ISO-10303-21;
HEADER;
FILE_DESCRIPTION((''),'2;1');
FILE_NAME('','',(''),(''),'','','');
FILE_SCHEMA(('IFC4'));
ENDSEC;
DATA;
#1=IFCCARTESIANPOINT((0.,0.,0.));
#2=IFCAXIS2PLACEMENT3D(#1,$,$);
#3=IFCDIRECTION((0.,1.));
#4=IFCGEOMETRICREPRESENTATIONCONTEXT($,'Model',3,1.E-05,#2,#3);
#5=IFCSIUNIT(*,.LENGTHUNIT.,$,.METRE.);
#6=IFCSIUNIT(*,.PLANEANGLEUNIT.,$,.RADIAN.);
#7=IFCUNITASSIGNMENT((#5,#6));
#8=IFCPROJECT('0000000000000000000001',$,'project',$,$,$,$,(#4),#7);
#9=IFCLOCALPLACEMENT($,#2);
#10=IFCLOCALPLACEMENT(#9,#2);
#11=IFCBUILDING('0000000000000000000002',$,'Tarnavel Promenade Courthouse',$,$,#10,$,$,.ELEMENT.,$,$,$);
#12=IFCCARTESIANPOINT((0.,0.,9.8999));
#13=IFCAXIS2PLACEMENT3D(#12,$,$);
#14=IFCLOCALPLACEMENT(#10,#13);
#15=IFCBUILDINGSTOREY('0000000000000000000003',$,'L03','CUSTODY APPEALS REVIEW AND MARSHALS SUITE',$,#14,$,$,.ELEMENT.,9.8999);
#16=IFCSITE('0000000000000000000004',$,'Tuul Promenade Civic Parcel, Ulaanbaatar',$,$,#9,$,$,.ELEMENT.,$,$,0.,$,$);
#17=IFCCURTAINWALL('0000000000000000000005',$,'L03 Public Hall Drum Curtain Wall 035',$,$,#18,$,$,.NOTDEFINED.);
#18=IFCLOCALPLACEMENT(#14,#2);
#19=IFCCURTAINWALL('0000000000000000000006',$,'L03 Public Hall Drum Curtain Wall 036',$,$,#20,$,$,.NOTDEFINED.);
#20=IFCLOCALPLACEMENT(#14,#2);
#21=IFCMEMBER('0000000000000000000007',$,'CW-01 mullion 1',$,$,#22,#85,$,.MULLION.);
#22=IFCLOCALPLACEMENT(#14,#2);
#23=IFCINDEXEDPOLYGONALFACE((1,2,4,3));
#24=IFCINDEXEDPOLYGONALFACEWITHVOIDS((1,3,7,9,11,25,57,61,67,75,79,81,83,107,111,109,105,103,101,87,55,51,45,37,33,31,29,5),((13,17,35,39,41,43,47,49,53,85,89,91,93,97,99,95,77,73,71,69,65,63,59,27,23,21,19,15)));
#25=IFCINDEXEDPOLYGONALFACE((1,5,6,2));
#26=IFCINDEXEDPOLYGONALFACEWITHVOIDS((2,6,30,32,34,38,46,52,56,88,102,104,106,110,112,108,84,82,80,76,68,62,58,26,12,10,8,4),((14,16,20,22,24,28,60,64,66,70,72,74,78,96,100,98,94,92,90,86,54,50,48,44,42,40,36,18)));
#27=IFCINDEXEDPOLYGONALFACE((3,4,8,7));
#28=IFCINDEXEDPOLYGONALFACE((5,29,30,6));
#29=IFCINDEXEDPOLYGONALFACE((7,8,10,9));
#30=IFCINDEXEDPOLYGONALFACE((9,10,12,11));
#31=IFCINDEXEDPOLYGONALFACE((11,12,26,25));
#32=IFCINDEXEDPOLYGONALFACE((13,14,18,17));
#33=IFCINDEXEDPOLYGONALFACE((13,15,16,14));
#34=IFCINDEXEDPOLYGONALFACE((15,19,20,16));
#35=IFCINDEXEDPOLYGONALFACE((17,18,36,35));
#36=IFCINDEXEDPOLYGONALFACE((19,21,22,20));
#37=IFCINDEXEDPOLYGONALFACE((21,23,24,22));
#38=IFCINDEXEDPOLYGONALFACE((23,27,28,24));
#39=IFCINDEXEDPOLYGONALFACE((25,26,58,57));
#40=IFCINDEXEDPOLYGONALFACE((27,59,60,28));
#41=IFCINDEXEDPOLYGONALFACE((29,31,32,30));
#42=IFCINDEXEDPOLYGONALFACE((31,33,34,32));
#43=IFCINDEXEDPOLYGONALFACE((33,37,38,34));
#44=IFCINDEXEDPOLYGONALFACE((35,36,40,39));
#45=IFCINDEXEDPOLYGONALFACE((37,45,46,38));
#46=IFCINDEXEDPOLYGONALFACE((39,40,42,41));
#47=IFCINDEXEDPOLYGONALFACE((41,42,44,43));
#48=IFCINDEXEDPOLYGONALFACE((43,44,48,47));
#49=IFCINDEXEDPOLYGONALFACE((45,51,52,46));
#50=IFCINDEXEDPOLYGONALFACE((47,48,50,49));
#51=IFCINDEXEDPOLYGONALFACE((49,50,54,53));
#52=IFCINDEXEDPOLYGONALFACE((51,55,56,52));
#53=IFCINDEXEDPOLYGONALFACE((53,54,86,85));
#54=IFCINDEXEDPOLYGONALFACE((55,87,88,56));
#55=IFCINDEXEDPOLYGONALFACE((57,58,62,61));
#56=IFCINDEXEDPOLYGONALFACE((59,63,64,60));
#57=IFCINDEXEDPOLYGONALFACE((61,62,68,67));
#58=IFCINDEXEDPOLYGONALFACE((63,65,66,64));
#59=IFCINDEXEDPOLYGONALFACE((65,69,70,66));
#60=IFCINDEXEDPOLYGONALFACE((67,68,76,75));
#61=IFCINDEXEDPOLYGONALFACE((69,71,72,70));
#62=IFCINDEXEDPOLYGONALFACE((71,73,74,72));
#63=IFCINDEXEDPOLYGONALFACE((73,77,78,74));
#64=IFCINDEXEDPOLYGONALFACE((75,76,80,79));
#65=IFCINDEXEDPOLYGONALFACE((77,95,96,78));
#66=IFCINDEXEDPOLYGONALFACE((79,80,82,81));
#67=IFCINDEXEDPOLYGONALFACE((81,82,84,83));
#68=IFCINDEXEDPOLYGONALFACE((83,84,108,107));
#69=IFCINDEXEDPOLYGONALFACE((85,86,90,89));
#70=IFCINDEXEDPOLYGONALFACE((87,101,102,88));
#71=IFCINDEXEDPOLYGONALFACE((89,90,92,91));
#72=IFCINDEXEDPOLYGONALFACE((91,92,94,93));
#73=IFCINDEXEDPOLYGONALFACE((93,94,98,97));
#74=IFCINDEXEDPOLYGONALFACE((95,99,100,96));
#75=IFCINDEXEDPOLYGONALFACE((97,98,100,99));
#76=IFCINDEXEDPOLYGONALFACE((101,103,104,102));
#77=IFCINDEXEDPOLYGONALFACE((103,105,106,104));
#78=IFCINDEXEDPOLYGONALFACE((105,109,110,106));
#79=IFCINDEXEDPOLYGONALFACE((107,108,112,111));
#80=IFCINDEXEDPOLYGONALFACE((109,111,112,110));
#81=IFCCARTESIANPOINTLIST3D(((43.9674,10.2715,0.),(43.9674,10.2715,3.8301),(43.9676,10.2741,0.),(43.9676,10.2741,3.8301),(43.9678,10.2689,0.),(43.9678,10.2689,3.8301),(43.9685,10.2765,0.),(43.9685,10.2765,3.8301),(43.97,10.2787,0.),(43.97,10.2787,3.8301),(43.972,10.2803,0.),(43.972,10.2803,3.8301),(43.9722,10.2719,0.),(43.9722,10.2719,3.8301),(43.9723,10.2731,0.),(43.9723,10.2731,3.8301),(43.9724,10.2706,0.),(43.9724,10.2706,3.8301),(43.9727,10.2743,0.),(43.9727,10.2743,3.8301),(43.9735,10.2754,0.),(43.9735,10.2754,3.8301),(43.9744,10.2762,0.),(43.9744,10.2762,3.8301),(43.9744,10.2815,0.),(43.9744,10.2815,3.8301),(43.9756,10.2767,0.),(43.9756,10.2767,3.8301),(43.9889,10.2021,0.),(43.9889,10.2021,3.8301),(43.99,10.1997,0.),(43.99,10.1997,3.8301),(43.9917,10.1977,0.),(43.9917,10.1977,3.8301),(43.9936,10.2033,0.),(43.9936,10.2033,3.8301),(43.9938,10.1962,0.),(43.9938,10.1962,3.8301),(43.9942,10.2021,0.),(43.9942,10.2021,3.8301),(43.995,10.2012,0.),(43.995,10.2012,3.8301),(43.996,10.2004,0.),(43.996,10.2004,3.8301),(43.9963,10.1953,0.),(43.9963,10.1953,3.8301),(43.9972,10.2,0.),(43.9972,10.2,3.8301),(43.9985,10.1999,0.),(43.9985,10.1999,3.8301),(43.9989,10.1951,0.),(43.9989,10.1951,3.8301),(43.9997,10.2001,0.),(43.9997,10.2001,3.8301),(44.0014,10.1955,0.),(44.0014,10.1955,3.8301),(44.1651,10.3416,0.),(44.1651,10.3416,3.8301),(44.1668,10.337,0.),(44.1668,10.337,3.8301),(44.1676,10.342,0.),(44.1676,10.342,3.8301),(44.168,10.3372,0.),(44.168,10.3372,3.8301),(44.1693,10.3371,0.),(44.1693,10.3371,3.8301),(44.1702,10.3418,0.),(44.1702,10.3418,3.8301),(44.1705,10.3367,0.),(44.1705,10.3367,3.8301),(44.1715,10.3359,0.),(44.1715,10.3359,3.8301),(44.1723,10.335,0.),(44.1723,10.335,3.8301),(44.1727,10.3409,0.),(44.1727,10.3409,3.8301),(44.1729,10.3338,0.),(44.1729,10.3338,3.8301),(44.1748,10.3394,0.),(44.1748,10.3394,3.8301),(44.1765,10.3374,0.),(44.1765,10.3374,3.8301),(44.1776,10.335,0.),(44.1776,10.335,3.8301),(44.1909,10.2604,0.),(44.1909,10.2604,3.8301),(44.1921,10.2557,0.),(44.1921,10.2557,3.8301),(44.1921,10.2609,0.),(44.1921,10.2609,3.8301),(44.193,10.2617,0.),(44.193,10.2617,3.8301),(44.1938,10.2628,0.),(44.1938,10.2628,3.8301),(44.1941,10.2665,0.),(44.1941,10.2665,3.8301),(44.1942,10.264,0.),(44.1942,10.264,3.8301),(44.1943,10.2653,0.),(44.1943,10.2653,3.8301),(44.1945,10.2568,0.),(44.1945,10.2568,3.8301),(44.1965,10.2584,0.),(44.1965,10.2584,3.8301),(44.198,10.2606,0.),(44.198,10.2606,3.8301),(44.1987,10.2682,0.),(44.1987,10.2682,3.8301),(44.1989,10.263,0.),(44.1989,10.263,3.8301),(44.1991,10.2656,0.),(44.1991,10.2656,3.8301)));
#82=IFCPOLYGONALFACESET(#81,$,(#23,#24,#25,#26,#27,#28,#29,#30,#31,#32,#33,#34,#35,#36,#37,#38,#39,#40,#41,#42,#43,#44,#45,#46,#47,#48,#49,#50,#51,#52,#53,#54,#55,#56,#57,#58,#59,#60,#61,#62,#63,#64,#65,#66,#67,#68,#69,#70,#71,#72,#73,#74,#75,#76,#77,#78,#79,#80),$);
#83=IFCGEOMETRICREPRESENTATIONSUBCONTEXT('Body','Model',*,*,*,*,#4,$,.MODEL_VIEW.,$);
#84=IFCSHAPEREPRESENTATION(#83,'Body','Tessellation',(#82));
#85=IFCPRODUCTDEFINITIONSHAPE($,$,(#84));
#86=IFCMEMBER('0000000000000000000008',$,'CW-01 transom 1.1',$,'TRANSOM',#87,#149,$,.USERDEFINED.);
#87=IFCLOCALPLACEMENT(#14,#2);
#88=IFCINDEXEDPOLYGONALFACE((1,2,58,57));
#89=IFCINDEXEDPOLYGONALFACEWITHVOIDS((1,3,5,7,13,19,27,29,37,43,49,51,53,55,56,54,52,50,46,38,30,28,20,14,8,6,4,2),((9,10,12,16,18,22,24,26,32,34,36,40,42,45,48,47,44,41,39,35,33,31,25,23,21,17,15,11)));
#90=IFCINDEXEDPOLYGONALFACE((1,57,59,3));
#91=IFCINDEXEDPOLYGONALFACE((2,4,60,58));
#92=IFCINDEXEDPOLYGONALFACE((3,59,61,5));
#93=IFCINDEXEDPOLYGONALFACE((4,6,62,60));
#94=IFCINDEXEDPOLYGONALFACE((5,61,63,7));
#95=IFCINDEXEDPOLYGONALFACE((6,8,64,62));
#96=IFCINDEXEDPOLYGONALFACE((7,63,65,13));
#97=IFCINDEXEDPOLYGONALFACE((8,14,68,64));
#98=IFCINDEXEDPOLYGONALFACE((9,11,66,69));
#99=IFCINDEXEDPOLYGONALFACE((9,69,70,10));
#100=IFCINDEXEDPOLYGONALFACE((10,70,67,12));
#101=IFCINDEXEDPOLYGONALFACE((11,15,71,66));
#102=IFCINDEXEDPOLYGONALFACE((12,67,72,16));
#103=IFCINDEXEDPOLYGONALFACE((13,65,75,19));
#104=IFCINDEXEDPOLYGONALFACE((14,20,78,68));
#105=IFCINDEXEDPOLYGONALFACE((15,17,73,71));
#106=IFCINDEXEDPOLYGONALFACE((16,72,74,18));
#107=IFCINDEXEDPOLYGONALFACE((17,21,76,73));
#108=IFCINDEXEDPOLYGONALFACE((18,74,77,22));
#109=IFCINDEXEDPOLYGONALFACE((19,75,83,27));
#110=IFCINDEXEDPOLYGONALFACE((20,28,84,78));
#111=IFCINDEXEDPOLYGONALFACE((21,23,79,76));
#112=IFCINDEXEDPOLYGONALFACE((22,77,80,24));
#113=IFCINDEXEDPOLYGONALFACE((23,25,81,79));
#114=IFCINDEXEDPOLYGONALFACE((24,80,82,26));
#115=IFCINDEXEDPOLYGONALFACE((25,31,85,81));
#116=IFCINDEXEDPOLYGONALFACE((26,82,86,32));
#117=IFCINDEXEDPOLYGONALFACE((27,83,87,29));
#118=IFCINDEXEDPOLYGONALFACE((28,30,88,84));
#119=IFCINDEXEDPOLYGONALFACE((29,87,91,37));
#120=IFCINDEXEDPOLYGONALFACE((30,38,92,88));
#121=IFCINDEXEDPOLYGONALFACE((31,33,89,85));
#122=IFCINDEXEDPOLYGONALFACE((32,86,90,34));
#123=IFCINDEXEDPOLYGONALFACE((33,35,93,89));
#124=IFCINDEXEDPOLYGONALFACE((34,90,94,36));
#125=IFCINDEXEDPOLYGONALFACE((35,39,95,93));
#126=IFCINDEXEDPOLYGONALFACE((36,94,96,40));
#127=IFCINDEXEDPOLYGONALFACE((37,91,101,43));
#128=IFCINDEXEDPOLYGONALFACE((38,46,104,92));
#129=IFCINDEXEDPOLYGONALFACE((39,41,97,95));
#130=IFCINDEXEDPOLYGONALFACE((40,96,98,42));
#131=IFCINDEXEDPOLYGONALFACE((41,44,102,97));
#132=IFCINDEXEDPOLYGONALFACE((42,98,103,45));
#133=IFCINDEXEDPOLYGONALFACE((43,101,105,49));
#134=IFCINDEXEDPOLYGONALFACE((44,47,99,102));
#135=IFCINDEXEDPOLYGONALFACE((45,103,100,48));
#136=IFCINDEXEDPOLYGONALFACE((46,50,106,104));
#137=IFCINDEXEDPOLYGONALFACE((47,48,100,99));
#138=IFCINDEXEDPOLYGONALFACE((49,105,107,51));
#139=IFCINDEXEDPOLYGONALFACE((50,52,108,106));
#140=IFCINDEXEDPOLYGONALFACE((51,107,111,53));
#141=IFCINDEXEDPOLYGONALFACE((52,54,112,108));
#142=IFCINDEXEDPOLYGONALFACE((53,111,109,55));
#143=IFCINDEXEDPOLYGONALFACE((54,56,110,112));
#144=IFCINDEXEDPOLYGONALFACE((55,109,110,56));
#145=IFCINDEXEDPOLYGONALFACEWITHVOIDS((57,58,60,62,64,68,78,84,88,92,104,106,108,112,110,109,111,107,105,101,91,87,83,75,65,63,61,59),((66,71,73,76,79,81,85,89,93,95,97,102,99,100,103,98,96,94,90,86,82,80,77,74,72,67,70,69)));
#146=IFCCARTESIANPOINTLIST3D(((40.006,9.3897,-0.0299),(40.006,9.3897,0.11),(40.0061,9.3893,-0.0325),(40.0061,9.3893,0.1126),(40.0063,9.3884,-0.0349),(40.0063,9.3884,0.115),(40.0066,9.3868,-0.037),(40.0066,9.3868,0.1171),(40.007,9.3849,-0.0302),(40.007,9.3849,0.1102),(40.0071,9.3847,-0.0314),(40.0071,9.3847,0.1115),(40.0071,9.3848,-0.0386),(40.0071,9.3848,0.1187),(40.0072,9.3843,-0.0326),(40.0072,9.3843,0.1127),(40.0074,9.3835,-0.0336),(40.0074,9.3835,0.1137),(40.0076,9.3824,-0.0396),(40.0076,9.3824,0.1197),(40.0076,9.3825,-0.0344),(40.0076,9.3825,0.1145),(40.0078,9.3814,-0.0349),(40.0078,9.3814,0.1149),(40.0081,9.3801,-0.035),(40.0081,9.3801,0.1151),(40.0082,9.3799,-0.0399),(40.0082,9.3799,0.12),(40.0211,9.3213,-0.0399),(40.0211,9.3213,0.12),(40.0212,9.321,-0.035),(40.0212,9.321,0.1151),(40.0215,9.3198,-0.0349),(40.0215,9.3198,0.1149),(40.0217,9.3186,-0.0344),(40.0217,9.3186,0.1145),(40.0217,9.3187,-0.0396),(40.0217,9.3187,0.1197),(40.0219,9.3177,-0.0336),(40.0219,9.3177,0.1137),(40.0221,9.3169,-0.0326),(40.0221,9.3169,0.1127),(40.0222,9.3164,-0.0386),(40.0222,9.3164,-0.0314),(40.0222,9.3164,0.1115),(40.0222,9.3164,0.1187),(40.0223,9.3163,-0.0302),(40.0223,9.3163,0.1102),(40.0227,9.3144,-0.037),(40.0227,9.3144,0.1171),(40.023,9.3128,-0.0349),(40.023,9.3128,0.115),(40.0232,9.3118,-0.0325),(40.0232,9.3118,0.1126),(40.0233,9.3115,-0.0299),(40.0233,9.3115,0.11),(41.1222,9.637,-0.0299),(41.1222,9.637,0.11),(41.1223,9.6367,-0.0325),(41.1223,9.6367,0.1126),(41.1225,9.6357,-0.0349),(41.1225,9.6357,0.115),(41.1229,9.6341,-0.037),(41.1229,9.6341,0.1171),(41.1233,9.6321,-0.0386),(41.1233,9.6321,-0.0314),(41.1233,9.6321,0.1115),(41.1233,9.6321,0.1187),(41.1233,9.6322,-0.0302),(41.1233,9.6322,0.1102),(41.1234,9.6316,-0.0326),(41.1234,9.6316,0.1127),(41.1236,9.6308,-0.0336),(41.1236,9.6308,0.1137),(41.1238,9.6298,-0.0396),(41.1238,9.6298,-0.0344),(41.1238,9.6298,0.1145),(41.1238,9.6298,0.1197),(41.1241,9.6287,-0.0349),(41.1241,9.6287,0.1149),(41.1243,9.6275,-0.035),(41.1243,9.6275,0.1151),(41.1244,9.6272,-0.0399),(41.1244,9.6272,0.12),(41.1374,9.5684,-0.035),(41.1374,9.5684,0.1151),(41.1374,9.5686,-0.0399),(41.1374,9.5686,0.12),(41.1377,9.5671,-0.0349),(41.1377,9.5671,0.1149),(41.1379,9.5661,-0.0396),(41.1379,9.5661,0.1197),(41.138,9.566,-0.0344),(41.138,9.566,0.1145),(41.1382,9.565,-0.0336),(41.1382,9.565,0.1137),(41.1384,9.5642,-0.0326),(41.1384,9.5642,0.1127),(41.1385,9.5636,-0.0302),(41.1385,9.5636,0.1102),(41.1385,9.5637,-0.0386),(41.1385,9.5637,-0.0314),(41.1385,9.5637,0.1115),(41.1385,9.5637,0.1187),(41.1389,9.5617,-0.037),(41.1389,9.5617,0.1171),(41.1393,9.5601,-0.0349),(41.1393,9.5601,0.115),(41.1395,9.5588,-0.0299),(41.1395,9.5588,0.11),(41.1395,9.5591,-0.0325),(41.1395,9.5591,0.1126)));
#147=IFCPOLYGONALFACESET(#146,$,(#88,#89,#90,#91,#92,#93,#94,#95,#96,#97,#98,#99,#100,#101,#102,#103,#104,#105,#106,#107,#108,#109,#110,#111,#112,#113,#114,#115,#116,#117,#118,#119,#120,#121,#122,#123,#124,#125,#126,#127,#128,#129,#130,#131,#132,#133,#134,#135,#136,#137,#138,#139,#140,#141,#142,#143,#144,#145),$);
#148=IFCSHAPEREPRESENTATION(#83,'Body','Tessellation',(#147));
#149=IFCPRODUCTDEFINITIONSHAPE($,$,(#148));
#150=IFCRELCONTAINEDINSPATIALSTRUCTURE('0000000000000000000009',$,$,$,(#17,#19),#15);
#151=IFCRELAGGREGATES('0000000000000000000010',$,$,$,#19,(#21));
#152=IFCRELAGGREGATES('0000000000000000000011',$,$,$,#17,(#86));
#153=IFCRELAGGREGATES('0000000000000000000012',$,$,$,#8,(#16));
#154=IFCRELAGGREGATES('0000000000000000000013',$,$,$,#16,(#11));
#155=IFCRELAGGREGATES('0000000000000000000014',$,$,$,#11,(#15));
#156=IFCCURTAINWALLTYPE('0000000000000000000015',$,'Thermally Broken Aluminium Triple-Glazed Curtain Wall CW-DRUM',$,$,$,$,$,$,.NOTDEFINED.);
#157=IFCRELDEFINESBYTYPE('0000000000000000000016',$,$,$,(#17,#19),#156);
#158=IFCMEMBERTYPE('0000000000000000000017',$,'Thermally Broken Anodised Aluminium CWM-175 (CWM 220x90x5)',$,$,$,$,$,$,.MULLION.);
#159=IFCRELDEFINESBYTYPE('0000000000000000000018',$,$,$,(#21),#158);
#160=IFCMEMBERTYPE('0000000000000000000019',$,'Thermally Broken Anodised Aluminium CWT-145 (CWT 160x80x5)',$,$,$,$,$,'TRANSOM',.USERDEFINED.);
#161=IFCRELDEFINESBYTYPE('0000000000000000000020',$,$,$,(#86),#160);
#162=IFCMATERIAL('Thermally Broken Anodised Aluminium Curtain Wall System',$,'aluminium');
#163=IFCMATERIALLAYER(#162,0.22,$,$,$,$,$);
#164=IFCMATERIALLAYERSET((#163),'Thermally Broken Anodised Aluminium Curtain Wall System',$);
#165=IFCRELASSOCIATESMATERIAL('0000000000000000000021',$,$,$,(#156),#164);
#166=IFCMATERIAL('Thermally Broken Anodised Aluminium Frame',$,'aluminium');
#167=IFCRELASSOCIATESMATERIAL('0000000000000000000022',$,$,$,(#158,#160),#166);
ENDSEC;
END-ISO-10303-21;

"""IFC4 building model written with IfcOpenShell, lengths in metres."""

from ifc_helpers import new_model, si_unit, direction, frame, origin, origin_2d, place, context, subcontext, project, spatial, hollow_rectangle, extrude, material, layer, layer_set, material_profile, profile_set, type_object, element, aggregate, save


model = new_model("IFC4")

# Units and contexts
model_context = context("Model", 3, precision=1e-05, world=origin(), true_north=direction((0.0, 1.0)))
body_context = subcontext(model_context, "Body", "Model", "MODEL_VIEW")
ifc_project = project(units=[si_unit("LENGTHUNIT", "METRE"), si_unit("PLANEANGLEUNIT", "RADIAN")], contexts=[model_context])

# Site, building, storey
site_placement = place(None, origin())
site = spatial("IfcSite", under=ifc_project, at=site_placement, Name="Tuul Promenade Civic Parcel, Ulaanbaatar", CompositionType="ELEMENT", RefElevation=0.0)
building_placement = place(site_placement, origin())
building = spatial("IfcBuilding", under=site, at=building_placement, Name="Tarnavel Promenade Courthouse", CompositionType="ELEMENT")
storey_placement = place(building_placement, frame((0.0, 0.0, 9.8999)))
storey = spatial("IfcBuildingStorey", under=building, at=storey_placement, Name="L03", Description="CUSTODY APPEALS REVIEW AND MARSHALS SUITE", CompositionType="ELEMENT", Elevation=9.8999)

# Shared definitions
ifc_material_1 = material(Name="Thermally Broken Anodised Aluminium Curtain Wall System", Category="aluminium")
ifc_layer_1 = layer(ifc_material_1, 0.22)
ifc_layer_set_1 = layer_set([ifc_layer_1], Name="Thermally Broken Anodised Aluminium Curtain Wall System")
curtain_wall_type = type_object("IfcCurtainWallType", Name="Thermally Broken Aluminium Triple-Glazed Curtain Wall CW-DRUM", PredefinedType="NOTDEFINED", material=ifc_layer_set_1)
ifc_material_2 = material(Name="Thermally Broken Anodised Aluminium Frame", Category="aluminium")
ifc_material_profile_1 = material_profile(ifc_material_2, hollow_rectangle(XDim=0.0901, YDim=0.22, WallThickness=0.0049, InnerFilletRadius=0.0049, OuterFilletRadius=0.01, at=origin_2d()), Name="CWM 220x90x5")
ifc_profile_set_1 = profile_set([ifc_material_profile_1], Name="Thermally Broken Anodised Aluminium Frame")
member_type_1 = type_object("IfcMemberType", Name="Thermally Broken Anodised Aluminium CWM-175 (CWM 220x90x5)", PredefinedType="MULLION", material=ifc_profile_set_1)

# Curtain wall
curtain_wall_1_placement = place(storey_placement, origin())
curtain_wall_1 = element("IfcCurtainWall", 1, at=curtain_wall_1_placement, inside=storey, type_object=curtain_wall_type, Name="L03 Public Hall Drum Curtain Wall 035", PredefinedType="NOTDEFINED")

# Curtain wall, member
curtain_wall_2_placement = place(storey_placement, origin())
curtain_wall_2 = element("IfcCurtainWall", 2, at=curtain_wall_2_placement, inside=storey, type_object=curtain_wall_type, Name="L03 Public Hall Drum Curtain Wall 036", PredefinedType="NOTDEFINED")
member_1_placement = place(storey_placement, frame((44.0833, 10.2686, 0.0), z_axis=(0.0, 0.0, 1.0), x_axis=(-0.300705, 0.953717, 0.0)))
member_1 = element("IfcMember", 3, at=member_1_placement, type_object=member_type_1, Name="CW-01 mullion 1", PredefinedType="MULLION", context=body_context, shape_type="SweptSolid", body=[
    extrude(hollow_rectangle(XDim=0.0901, YDim=0.22, WallThickness=0.0049, InnerFilletRadius=0.0049, OuterFilletRadius=0.01, at=origin_2d()), origin(), (0.0, 0.0, 1.0), 3.8301),
])

# Member
ifc_material_profile_2 = material_profile(ifc_material_2, hollow_rectangle(XDim=0.0801, YDim=0.1599, WallThickness=0.0049, InnerFilletRadius=0.0049, OuterFilletRadius=0.01, at=origin_2d()), Name="CWT 160x80x5")
ifc_profile_set_2 = profile_set([ifc_material_profile_2], Name="Thermally Broken Anodised Aluminium Frame")
member_type_2 = type_object("IfcMemberType", Name="Thermally Broken Anodised Aluminium CWT-145 (CWT 160x80x5)", ElementType="TRANSOM", PredefinedType="USERDEFINED", material=ifc_profile_set_2)
member_2_placement = place(storey_placement, frame((40.0146, 9.3506, 0.04), z_axis=(0.976323, 0.21632, 0.0), x_axis=(-0.21632, 0.976323, 0.0)))
member_2 = element("IfcMember", 4, at=member_2_placement, type_object=member_type_2, Name="CW-01 transom 1.1", ObjectType="TRANSOM", PredefinedType="USERDEFINED", context=body_context, shape_type="SweptSolid", body=[
    extrude(hollow_rectangle(XDim=0.0801, YDim=0.1599, WallThickness=0.0049, InnerFilletRadius=0.0049, OuterFilletRadius=0.01, at=origin_2d()), origin(), (0.0, 0.0, 1.0), 1.1433),
])
aggregate(curtain_wall_2, [member_1])

aggregate(curtain_wall_1, [member_2])

save(model, "model.ifc")
